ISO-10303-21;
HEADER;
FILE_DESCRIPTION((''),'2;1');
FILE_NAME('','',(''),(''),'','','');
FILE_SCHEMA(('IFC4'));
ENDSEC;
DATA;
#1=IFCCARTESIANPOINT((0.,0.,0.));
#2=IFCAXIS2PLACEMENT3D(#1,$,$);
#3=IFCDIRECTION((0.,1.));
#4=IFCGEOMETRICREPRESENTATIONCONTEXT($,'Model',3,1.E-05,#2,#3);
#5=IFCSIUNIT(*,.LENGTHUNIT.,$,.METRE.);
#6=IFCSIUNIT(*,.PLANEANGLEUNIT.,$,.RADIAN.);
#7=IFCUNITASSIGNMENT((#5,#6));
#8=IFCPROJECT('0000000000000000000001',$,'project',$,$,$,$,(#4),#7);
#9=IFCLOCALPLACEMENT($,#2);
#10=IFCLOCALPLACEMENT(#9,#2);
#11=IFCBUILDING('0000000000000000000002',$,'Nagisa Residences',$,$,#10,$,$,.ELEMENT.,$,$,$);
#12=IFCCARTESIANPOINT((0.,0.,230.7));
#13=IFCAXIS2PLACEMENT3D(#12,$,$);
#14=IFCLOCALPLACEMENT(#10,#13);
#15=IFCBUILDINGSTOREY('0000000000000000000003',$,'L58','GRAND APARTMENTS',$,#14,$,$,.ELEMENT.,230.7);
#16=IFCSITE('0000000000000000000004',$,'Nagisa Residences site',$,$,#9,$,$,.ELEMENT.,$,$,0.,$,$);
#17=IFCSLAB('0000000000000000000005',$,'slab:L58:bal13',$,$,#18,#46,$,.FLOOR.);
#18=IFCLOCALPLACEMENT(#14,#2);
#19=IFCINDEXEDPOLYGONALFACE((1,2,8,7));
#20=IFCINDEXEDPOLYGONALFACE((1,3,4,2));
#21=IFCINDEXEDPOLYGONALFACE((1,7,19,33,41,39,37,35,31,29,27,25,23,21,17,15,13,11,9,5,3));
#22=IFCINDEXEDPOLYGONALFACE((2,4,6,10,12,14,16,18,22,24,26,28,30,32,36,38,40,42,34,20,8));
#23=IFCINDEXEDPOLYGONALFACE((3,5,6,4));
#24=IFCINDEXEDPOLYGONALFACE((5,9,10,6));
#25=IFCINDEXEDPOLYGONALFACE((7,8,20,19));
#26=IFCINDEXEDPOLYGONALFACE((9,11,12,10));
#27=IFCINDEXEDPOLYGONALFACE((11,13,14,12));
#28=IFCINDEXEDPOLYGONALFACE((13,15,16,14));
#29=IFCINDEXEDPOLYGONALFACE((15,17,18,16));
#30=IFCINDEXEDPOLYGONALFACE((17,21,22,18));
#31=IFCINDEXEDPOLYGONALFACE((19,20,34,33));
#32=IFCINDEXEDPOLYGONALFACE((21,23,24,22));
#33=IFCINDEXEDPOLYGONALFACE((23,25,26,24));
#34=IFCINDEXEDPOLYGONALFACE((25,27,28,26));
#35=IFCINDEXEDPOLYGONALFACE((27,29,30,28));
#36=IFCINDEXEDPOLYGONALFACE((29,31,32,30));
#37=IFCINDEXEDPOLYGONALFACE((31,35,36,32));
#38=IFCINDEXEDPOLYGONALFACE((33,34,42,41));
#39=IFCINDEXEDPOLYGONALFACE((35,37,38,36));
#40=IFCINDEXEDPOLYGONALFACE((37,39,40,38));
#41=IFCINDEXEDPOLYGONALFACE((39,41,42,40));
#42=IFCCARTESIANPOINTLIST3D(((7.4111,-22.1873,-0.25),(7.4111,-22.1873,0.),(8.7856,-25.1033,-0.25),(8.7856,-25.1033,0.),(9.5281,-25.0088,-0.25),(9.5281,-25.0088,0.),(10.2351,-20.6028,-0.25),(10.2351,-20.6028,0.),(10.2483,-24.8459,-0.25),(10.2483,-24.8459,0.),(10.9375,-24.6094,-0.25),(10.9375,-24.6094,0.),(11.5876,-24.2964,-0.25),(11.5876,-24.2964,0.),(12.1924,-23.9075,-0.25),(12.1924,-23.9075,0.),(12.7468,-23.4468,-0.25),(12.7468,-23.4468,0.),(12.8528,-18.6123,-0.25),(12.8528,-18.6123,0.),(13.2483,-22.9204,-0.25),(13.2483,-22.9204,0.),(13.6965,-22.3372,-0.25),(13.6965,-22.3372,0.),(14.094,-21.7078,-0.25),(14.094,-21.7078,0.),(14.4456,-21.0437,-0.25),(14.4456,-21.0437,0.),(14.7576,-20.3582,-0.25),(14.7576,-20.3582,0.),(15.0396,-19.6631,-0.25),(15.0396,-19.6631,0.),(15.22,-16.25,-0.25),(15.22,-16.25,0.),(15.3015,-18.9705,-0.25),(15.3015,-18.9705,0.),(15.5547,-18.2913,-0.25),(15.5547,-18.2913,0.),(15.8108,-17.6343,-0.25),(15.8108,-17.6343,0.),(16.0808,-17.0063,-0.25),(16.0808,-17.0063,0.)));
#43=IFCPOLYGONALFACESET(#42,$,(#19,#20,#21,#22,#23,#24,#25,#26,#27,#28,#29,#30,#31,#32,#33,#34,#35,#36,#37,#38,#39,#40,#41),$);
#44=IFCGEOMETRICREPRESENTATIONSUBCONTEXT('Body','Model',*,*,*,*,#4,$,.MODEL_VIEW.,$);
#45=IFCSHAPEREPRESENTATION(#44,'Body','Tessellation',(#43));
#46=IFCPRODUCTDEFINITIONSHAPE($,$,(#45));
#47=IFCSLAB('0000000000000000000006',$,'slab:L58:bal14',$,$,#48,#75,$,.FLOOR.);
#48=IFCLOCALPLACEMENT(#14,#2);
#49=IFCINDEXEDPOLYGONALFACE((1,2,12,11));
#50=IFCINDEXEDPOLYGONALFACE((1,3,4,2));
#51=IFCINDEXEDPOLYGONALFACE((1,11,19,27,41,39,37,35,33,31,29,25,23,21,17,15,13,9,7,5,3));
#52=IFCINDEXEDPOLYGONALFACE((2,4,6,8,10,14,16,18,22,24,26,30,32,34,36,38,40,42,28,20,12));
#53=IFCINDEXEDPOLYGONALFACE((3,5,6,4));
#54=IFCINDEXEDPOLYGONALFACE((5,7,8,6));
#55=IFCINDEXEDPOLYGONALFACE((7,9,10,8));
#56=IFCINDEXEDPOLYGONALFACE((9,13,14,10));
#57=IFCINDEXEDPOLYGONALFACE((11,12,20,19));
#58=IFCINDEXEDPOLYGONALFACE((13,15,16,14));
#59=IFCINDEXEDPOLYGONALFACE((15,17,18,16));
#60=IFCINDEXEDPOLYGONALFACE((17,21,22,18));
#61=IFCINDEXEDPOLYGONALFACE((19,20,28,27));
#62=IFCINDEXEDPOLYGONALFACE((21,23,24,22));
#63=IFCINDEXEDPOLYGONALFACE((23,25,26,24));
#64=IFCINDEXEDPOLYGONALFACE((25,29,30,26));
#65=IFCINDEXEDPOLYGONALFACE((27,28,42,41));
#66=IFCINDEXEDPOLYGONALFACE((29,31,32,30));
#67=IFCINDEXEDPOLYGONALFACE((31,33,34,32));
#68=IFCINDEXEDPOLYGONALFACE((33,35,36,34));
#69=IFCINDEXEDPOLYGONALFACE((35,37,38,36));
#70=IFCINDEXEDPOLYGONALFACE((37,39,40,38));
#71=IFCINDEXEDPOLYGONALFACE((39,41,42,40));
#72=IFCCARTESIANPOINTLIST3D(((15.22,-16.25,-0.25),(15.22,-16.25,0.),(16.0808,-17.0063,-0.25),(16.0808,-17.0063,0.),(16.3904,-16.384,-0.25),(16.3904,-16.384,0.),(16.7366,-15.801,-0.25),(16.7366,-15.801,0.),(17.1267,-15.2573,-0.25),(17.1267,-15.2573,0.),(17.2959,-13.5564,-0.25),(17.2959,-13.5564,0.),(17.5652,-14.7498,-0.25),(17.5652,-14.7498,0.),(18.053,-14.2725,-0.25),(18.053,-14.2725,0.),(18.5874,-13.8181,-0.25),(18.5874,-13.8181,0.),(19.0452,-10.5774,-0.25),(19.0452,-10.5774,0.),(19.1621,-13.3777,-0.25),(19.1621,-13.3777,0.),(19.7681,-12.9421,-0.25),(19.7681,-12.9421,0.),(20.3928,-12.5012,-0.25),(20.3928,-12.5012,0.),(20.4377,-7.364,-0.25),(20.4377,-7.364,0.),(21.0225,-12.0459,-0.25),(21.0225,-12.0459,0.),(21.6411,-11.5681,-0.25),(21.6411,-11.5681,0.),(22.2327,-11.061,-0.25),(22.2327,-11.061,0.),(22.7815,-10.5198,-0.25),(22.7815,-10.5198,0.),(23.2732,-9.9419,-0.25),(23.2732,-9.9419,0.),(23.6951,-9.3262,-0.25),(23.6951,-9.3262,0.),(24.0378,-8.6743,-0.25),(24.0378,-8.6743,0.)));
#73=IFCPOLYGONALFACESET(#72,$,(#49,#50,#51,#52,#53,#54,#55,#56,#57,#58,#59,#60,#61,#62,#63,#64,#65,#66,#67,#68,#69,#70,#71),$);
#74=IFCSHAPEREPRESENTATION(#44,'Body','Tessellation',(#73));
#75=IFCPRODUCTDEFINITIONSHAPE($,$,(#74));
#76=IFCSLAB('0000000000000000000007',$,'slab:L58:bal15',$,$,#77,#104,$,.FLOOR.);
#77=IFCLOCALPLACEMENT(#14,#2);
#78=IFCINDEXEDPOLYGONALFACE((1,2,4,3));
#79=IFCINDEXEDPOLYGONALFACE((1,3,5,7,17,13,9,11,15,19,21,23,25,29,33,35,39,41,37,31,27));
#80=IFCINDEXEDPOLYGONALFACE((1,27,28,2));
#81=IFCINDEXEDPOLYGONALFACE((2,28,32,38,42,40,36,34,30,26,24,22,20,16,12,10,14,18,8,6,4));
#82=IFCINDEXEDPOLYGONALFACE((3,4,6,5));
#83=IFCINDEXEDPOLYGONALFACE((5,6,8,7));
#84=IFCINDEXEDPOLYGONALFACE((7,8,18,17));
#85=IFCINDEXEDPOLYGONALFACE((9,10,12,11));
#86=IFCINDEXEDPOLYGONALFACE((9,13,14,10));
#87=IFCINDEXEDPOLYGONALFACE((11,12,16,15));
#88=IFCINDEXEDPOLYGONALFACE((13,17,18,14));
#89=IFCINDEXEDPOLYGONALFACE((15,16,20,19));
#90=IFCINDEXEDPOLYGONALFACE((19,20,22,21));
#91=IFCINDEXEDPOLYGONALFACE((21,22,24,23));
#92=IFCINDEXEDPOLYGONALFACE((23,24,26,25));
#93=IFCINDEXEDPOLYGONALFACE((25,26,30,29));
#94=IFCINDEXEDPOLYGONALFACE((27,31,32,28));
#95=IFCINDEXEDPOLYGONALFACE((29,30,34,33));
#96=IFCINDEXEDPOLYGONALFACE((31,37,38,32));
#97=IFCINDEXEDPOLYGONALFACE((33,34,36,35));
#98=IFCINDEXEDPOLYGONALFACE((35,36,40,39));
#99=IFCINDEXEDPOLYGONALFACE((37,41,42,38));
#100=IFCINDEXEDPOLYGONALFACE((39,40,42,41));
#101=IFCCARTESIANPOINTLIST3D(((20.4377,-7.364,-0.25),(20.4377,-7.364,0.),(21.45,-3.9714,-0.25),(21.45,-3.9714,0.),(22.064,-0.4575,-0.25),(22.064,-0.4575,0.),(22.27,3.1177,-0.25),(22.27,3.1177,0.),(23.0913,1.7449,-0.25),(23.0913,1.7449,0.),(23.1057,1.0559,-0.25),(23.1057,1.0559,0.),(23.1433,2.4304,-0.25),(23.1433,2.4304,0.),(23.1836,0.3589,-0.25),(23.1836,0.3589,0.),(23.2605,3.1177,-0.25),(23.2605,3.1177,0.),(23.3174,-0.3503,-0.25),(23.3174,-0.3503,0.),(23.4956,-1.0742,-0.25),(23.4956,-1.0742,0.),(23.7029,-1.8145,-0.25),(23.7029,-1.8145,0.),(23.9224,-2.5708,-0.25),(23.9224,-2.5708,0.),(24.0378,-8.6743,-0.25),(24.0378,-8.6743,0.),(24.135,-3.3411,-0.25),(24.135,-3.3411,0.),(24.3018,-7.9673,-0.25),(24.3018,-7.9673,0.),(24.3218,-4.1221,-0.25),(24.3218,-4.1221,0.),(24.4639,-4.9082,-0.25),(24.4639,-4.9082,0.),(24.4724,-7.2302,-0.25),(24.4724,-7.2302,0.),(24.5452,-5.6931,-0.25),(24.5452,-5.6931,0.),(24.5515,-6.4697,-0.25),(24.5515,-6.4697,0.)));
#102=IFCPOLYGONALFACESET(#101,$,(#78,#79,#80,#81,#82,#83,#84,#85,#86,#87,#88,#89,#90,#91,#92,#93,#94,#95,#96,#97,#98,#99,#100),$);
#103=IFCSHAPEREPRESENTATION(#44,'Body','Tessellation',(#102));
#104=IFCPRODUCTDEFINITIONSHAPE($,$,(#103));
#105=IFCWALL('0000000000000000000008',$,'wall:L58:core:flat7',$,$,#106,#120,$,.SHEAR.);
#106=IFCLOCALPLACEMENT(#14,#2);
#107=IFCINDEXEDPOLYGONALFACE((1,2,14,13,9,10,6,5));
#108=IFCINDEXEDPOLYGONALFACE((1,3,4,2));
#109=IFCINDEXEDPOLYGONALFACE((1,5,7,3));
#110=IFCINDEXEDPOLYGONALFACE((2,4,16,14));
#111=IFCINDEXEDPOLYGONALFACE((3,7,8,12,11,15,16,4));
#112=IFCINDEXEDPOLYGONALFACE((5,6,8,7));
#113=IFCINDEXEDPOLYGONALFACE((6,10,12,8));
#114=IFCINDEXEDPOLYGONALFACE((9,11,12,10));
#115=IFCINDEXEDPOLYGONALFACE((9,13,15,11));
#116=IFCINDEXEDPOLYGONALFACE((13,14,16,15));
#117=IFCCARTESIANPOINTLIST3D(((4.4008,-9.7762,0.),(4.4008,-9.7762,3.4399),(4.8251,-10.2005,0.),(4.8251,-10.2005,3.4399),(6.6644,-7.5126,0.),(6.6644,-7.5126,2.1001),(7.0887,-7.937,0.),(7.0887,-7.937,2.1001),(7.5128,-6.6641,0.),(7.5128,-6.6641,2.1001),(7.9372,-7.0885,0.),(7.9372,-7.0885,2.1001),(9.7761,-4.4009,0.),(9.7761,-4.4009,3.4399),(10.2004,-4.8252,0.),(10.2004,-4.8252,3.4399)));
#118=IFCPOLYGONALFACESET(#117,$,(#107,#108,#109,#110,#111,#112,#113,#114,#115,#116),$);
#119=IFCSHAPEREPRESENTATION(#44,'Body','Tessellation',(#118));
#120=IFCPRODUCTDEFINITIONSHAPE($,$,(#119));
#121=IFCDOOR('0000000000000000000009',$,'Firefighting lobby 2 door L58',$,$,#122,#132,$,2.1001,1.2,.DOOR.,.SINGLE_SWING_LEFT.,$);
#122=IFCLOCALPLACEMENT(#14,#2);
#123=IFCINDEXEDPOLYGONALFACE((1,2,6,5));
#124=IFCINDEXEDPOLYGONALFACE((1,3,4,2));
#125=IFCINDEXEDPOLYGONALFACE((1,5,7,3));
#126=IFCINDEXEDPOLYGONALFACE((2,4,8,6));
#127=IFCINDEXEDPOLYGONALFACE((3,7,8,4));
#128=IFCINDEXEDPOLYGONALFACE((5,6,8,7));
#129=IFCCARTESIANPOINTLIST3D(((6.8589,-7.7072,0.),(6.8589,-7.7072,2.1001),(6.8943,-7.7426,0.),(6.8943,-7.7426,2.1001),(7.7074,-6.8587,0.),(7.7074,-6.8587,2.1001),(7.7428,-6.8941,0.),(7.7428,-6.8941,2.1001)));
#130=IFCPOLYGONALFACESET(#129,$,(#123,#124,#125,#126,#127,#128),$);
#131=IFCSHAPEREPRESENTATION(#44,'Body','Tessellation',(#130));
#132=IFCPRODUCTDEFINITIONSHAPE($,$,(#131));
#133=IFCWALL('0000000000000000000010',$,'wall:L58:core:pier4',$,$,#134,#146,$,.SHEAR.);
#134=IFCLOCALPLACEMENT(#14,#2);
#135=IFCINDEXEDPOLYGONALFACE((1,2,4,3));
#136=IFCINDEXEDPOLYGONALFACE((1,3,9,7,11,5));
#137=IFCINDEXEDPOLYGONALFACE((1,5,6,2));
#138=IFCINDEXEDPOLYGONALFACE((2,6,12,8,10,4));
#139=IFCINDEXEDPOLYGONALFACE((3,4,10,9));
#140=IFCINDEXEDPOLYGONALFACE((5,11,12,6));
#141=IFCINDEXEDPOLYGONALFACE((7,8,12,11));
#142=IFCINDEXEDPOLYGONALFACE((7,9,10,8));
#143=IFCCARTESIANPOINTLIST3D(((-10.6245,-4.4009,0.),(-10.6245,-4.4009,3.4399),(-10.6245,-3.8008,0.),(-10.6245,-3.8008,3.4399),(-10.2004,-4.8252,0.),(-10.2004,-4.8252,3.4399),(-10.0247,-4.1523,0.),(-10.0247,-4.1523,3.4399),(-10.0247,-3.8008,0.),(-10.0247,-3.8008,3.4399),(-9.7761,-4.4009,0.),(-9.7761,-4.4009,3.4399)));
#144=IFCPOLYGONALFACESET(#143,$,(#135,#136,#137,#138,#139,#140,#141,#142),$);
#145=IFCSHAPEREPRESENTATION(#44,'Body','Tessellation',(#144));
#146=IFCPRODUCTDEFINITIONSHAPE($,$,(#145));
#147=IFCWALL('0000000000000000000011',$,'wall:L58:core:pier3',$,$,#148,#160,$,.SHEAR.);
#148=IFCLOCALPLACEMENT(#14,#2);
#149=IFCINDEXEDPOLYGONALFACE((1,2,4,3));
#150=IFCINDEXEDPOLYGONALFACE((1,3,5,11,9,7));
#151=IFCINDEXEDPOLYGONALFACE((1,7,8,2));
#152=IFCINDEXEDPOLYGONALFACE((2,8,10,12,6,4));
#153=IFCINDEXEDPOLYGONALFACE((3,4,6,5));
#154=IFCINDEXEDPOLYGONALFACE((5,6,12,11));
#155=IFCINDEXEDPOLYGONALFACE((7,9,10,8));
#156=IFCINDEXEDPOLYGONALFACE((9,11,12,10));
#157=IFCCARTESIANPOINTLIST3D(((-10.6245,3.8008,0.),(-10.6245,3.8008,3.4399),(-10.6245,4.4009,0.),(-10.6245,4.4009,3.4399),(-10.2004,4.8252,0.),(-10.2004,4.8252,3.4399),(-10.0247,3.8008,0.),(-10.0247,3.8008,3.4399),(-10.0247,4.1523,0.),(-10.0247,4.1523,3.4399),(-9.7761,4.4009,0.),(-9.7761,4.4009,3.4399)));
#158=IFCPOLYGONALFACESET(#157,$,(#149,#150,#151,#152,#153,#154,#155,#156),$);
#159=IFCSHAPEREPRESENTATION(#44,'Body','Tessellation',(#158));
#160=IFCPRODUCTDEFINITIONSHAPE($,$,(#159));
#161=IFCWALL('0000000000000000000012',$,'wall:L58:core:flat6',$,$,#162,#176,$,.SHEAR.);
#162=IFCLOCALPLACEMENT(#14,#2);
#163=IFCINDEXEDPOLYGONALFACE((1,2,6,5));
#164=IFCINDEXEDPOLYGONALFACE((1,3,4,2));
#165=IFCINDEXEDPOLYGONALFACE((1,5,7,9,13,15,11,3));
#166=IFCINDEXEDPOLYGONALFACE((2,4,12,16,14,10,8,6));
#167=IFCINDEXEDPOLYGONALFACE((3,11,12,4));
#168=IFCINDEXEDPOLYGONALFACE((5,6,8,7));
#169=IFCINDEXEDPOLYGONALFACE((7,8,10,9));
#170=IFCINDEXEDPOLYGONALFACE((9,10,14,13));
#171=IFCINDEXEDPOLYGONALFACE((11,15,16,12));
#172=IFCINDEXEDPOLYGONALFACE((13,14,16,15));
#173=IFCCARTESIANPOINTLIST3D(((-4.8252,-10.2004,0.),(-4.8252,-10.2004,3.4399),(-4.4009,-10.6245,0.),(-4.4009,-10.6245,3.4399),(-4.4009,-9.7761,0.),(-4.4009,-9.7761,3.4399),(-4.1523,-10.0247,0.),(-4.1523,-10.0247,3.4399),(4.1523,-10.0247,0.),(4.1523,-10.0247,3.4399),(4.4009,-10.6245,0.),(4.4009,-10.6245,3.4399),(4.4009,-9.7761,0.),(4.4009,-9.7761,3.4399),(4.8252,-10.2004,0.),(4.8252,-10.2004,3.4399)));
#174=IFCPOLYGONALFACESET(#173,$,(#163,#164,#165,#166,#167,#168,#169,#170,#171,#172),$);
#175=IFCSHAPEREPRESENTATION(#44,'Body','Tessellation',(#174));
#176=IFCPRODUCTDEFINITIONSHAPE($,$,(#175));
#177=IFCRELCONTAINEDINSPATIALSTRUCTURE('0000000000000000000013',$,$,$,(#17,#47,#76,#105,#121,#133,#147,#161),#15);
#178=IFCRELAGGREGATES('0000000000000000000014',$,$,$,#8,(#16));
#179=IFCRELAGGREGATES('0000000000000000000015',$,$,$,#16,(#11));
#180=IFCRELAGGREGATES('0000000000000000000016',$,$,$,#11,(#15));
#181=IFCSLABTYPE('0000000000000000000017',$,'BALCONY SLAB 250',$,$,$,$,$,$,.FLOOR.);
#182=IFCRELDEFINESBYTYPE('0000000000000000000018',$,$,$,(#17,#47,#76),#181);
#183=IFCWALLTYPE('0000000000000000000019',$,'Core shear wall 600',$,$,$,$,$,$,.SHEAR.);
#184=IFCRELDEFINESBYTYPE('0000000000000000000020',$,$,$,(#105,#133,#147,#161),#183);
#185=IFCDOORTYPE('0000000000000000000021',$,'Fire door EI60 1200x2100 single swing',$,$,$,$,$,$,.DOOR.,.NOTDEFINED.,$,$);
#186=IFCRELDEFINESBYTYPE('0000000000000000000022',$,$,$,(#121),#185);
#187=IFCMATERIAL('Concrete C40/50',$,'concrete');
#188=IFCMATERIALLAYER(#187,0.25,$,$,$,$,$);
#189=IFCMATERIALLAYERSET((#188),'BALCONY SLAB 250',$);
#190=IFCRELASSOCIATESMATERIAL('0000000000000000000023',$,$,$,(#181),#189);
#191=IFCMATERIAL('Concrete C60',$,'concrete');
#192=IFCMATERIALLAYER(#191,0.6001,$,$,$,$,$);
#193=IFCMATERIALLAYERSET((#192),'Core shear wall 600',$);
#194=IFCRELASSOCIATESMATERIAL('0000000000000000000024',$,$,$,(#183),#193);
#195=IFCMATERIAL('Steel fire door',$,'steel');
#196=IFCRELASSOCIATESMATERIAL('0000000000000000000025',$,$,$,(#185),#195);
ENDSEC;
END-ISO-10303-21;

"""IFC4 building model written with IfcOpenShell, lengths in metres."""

from ifc_helpers import new_model, si_unit, direction, frame, frame_2d, origin, place, context, subcontext, project, spatial, polyline, rectangle, outline, extrude, material, layer, layer_set, type_object, element, fill, save


model = new_model("IFC4")

# Units and contexts
model_context = context("Model", 3, precision=1e-05, world=origin(), true_north=direction((0.0, 1.0)))
body_context = subcontext(model_context, "Body", "Model", "MODEL_VIEW")
ifc_project = project(units=[si_unit("LENGTHUNIT", "METRE"), si_unit("PLANEANGLEUNIT", "RADIAN")], contexts=[model_context])

# Site, building, storey
site_placement = place(None, origin())
site = spatial("IfcSite", under=ifc_project, at=site_placement, Name="Nagisa Residences site", CompositionType="ELEMENT", RefElevation=0.0)
building_placement = place(site_placement, origin())
building = spatial("IfcBuilding", under=site, at=building_placement, Name="Nagisa Residences", CompositionType="ELEMENT")
storey_placement = place(building_placement, frame((0.0, 0.0, 230.7)))
storey = spatial("IfcBuildingStorey", under=building, at=storey_placement, Name="L58", Description="GRAND APARTMENTS", CompositionType="ELEMENT", Elevation=230.7)

# Slabs
ifc_material_1 = material(Name="Concrete C40/50", Category="concrete")
ifc_layer_1 = layer(ifc_material_1, 0.25)
ifc_layer_set_1 = layer_set([ifc_layer_1], Name="BALCONY SLAB 250")
slab_type = type_object("IfcSlabType", Name="BALCONY SLAB 250", PredefinedType="FLOOR", material=ifc_layer_set_1)
slab_1_placement = place(storey_placement, frame((0.0, 0.0, -0.25)))
element("IfcSlab", 1, at=slab_1_placement, inside=storey, type_object=slab_type, Name="slab:L58:bal13", PredefinedType="FLOOR", context=body_context, shape_type="SweptSolid", body=[
    extrude(outline(polyline([(8.7856, -25.1033), (9.5281, -25.0088), (10.2483, -24.8459), (10.9375, -24.6094), (11.5876, -24.2964), (12.1924, -23.9075), (12.7468, -23.4468), (13.2483, -22.9204), (13.6965, -22.3372), (14.094, -21.7078), (14.4456, -21.0437), (14.7576, -20.3582), (15.0396, -19.6631), (15.3015, -18.9705), (15.5547, -18.2913), (15.8108, -17.6343), (16.0808, -17.0063), (15.22, -16.25), (12.8528, -18.6123), (10.2351, -20.6028), (7.4111, -22.1873), (8.7856, -25.1033)])), origin(), (0.0, 0.0, 1.0), 0.25),
])
slab_2_placement = place(storey_placement, frame((0.0, 0.0, -0.25)))
element("IfcSlab", 2, at=slab_2_placement, inside=storey, type_object=slab_type, Name="slab:L58:bal14", PredefinedType="FLOOR", context=body_context, shape_type="SweptSolid", body=[
    extrude(outline(polyline([(16.0808, -17.0063), (16.3904, -16.384), (16.7366, -15.801), (17.1267, -15.2573), (17.5652, -14.7498), (18.053, -14.2725), (18.5874, -13.8181), (19.1621, -13.3777), (19.7681, -12.9421), (20.3928, -12.5012), (21.0225, -12.0459), (21.6411, -11.5681), (22.2327, -11.061), (22.7815, -10.5198), (23.2732, -9.9419), (23.6951, -9.3262), (24.0378, -8.6743), (20.4377, -7.364), (19.0452, -10.5774), (17.2959, -13.5564), (15.22, -16.25), (16.0808, -17.0063)])), origin(), (0.0, 0.0, 1.0), 0.25),
])
slab_3_placement = place(storey_placement, frame((0.0, 0.0, -0.25)))
element("IfcSlab", 3, at=slab_3_placement, inside=storey, type_object=slab_type, Name="slab:L58:bal15", PredefinedType="FLOOR", context=body_context, shape_type="SweptSolid", body=[
    extrude(outline(polyline([(24.0378, -8.6743), (24.3018, -7.9673), (24.4724, -7.2302), (24.5515, -6.4697), (24.5452, -5.6931), (24.4639, -4.9082), (24.3218, -4.1221), (24.135, -3.3411), (23.9224, -2.5708), (23.7029, -1.8145), (23.4956, -1.0742), (23.3174, -0.3503), (23.1836, 0.3589), (23.1057, 1.0559), (23.0913, 1.7449), (23.1433, 2.4304), (23.2605, 3.1177), (22.27, 3.1177), (22.064, -0.4575), (21.45, -3.9714), (20.4377, -7.364), (24.0378, -8.6743)])), origin(), (0.0, 0.0, 1.0), 0.25),
])

# Wall, opening, door
ifc_material_2 = material(Name="Concrete C60", Category="concrete")
ifc_layer_2 = layer(ifc_material_2, 0.6001)
ifc_layer_set_2 = layer_set([ifc_layer_2], Name="Core shear wall 600")
wall_type_1 = type_object("IfcWallType", Name="Core shear wall 600", PredefinedType="SHEAR", material=ifc_layer_set_2)
wall_1_placement = place(storey_placement, frame((4.613, -9.9883, 0.0), z_axis=(0.0, 0.0, 1.0), x_axis=(0.707107, 0.707107, 0.0)))
wall_1 = element("IfcWall", 4, at=wall_1_placement, inside=storey, type_object=wall_type_1, Name="wall:L58:core:flat7", PredefinedType="SHEAR", context=body_context, shape_type="SweptSolid", body=[
    extrude(rectangle(XDim=7.6018, YDim=0.6001, at=frame_2d((3.8008, 0.0))), origin(), (0.0, 0.0, 1.0), 3.4399),
])
opening_1_placement = place(wall_1_placement, frame((3.2009, 0.0, 0.0)))
opening_1 = element("IfcOpeningElement", 5, at=opening_1_placement, cuts=wall_1, PredefinedType="OPENING", context=body_context, shape_type="SweptSolid", body=[
    extrude(rectangle(XDim=1.2, YDim=2.1001, at=frame_2d((0.6001, 1.05))), frame((0.0, 0.3101, 0.0), z_axis=(0.0, -1.0, 0.0), x_axis=(1.0, 0.0, 0.0)), (0.0, 0.0, 1.0), 0.6201),
])
ifc_material_3 = material(Name="Steel fire door", Category="steel")
door_type_1 = type_object("IfcDoorType", Name="Fire door EI60 1200x2100 single swing", OperationType="NOTDEFINED", PredefinedType="DOOR", material=ifc_material_3)
door_1_placement = place(opening_1_placement, origin())
door_1 = element("IfcDoor", 6, at=door_1_placement, inside=storey, type_object=door_type_1, Name="Firefighting lobby 2 door L58", OperationType="SINGLE_SWING_LEFT", OverallHeight=2.1001, OverallWidth=1.2, PredefinedType="DOOR", context=body_context, shape_type="SweptSolid", body=[
    extrude(rectangle(XDim=1.2, YDim=2.1001, at=frame_2d((0.6001, 1.05))), frame((0.0, 0.0249, 0.0), z_axis=(0.0, -1.0, 0.0), x_axis=(1.0, 0.0, 0.0)), (0.0, 0.0, 1.0), 0.05),
])
fill(opening_1, door_1)

# Walls
wall_2_placement = place(storey_placement, origin())
element("IfcWall", 7, at=wall_2_placement, inside=storey, type_object=wall_type_1, Name="wall:L58:core:pier4", PredefinedType="SHEAR", context=body_context, shape_type="SweptSolid", body=[
    extrude(outline(polyline([(-10.6245, -3.8008), (-10.0247, -3.8008), (-10.0247, -4.1523), (-9.7761, -4.4009), (-10.2004, -4.8252), (-10.6245, -4.4009), (-10.6245, -3.8008)])), origin(), (0.0, 0.0, 1.0), 3.4399),
])
wall_3_placement = place(storey_placement, origin())
element("IfcWall", 8, at=wall_3_placement, inside=storey, type_object=wall_type_1, Name="wall:L58:core:pier3", PredefinedType="SHEAR", context=body_context, shape_type="SweptSolid", body=[
    extrude(outline(polyline([(-10.2004, 4.8252), (-9.7761, 4.4009), (-10.0247, 4.1523), (-10.0247, 3.8008), (-10.6245, 3.8008), (-10.6245, 4.4009), (-10.2004, 4.8252)])), origin(), (0.0, 0.0, 1.0), 3.4399),
])
wall_4_placement = place(storey_placement, origin())
element("IfcWall", 9, at=wall_4_placement, inside=storey, type_object=wall_type_1, Name="wall:L58:core:flat6", PredefinedType="SHEAR", context=body_context, shape_type="SweptSolid", body=[
    extrude(outline(polyline([(-4.1523, -10.0247), (4.1523, -10.0247), (4.4009, -9.7761), (4.8252, -10.2004), (4.4009, -10.6245), (-4.4009, -10.6245), (-4.8252, -10.2004), (-4.4009, -9.7761), (-4.1523, -10.0247)])), origin(), (0.0, 0.0, 1.0), 3.4399),
])

save(model, "model.ifc")
